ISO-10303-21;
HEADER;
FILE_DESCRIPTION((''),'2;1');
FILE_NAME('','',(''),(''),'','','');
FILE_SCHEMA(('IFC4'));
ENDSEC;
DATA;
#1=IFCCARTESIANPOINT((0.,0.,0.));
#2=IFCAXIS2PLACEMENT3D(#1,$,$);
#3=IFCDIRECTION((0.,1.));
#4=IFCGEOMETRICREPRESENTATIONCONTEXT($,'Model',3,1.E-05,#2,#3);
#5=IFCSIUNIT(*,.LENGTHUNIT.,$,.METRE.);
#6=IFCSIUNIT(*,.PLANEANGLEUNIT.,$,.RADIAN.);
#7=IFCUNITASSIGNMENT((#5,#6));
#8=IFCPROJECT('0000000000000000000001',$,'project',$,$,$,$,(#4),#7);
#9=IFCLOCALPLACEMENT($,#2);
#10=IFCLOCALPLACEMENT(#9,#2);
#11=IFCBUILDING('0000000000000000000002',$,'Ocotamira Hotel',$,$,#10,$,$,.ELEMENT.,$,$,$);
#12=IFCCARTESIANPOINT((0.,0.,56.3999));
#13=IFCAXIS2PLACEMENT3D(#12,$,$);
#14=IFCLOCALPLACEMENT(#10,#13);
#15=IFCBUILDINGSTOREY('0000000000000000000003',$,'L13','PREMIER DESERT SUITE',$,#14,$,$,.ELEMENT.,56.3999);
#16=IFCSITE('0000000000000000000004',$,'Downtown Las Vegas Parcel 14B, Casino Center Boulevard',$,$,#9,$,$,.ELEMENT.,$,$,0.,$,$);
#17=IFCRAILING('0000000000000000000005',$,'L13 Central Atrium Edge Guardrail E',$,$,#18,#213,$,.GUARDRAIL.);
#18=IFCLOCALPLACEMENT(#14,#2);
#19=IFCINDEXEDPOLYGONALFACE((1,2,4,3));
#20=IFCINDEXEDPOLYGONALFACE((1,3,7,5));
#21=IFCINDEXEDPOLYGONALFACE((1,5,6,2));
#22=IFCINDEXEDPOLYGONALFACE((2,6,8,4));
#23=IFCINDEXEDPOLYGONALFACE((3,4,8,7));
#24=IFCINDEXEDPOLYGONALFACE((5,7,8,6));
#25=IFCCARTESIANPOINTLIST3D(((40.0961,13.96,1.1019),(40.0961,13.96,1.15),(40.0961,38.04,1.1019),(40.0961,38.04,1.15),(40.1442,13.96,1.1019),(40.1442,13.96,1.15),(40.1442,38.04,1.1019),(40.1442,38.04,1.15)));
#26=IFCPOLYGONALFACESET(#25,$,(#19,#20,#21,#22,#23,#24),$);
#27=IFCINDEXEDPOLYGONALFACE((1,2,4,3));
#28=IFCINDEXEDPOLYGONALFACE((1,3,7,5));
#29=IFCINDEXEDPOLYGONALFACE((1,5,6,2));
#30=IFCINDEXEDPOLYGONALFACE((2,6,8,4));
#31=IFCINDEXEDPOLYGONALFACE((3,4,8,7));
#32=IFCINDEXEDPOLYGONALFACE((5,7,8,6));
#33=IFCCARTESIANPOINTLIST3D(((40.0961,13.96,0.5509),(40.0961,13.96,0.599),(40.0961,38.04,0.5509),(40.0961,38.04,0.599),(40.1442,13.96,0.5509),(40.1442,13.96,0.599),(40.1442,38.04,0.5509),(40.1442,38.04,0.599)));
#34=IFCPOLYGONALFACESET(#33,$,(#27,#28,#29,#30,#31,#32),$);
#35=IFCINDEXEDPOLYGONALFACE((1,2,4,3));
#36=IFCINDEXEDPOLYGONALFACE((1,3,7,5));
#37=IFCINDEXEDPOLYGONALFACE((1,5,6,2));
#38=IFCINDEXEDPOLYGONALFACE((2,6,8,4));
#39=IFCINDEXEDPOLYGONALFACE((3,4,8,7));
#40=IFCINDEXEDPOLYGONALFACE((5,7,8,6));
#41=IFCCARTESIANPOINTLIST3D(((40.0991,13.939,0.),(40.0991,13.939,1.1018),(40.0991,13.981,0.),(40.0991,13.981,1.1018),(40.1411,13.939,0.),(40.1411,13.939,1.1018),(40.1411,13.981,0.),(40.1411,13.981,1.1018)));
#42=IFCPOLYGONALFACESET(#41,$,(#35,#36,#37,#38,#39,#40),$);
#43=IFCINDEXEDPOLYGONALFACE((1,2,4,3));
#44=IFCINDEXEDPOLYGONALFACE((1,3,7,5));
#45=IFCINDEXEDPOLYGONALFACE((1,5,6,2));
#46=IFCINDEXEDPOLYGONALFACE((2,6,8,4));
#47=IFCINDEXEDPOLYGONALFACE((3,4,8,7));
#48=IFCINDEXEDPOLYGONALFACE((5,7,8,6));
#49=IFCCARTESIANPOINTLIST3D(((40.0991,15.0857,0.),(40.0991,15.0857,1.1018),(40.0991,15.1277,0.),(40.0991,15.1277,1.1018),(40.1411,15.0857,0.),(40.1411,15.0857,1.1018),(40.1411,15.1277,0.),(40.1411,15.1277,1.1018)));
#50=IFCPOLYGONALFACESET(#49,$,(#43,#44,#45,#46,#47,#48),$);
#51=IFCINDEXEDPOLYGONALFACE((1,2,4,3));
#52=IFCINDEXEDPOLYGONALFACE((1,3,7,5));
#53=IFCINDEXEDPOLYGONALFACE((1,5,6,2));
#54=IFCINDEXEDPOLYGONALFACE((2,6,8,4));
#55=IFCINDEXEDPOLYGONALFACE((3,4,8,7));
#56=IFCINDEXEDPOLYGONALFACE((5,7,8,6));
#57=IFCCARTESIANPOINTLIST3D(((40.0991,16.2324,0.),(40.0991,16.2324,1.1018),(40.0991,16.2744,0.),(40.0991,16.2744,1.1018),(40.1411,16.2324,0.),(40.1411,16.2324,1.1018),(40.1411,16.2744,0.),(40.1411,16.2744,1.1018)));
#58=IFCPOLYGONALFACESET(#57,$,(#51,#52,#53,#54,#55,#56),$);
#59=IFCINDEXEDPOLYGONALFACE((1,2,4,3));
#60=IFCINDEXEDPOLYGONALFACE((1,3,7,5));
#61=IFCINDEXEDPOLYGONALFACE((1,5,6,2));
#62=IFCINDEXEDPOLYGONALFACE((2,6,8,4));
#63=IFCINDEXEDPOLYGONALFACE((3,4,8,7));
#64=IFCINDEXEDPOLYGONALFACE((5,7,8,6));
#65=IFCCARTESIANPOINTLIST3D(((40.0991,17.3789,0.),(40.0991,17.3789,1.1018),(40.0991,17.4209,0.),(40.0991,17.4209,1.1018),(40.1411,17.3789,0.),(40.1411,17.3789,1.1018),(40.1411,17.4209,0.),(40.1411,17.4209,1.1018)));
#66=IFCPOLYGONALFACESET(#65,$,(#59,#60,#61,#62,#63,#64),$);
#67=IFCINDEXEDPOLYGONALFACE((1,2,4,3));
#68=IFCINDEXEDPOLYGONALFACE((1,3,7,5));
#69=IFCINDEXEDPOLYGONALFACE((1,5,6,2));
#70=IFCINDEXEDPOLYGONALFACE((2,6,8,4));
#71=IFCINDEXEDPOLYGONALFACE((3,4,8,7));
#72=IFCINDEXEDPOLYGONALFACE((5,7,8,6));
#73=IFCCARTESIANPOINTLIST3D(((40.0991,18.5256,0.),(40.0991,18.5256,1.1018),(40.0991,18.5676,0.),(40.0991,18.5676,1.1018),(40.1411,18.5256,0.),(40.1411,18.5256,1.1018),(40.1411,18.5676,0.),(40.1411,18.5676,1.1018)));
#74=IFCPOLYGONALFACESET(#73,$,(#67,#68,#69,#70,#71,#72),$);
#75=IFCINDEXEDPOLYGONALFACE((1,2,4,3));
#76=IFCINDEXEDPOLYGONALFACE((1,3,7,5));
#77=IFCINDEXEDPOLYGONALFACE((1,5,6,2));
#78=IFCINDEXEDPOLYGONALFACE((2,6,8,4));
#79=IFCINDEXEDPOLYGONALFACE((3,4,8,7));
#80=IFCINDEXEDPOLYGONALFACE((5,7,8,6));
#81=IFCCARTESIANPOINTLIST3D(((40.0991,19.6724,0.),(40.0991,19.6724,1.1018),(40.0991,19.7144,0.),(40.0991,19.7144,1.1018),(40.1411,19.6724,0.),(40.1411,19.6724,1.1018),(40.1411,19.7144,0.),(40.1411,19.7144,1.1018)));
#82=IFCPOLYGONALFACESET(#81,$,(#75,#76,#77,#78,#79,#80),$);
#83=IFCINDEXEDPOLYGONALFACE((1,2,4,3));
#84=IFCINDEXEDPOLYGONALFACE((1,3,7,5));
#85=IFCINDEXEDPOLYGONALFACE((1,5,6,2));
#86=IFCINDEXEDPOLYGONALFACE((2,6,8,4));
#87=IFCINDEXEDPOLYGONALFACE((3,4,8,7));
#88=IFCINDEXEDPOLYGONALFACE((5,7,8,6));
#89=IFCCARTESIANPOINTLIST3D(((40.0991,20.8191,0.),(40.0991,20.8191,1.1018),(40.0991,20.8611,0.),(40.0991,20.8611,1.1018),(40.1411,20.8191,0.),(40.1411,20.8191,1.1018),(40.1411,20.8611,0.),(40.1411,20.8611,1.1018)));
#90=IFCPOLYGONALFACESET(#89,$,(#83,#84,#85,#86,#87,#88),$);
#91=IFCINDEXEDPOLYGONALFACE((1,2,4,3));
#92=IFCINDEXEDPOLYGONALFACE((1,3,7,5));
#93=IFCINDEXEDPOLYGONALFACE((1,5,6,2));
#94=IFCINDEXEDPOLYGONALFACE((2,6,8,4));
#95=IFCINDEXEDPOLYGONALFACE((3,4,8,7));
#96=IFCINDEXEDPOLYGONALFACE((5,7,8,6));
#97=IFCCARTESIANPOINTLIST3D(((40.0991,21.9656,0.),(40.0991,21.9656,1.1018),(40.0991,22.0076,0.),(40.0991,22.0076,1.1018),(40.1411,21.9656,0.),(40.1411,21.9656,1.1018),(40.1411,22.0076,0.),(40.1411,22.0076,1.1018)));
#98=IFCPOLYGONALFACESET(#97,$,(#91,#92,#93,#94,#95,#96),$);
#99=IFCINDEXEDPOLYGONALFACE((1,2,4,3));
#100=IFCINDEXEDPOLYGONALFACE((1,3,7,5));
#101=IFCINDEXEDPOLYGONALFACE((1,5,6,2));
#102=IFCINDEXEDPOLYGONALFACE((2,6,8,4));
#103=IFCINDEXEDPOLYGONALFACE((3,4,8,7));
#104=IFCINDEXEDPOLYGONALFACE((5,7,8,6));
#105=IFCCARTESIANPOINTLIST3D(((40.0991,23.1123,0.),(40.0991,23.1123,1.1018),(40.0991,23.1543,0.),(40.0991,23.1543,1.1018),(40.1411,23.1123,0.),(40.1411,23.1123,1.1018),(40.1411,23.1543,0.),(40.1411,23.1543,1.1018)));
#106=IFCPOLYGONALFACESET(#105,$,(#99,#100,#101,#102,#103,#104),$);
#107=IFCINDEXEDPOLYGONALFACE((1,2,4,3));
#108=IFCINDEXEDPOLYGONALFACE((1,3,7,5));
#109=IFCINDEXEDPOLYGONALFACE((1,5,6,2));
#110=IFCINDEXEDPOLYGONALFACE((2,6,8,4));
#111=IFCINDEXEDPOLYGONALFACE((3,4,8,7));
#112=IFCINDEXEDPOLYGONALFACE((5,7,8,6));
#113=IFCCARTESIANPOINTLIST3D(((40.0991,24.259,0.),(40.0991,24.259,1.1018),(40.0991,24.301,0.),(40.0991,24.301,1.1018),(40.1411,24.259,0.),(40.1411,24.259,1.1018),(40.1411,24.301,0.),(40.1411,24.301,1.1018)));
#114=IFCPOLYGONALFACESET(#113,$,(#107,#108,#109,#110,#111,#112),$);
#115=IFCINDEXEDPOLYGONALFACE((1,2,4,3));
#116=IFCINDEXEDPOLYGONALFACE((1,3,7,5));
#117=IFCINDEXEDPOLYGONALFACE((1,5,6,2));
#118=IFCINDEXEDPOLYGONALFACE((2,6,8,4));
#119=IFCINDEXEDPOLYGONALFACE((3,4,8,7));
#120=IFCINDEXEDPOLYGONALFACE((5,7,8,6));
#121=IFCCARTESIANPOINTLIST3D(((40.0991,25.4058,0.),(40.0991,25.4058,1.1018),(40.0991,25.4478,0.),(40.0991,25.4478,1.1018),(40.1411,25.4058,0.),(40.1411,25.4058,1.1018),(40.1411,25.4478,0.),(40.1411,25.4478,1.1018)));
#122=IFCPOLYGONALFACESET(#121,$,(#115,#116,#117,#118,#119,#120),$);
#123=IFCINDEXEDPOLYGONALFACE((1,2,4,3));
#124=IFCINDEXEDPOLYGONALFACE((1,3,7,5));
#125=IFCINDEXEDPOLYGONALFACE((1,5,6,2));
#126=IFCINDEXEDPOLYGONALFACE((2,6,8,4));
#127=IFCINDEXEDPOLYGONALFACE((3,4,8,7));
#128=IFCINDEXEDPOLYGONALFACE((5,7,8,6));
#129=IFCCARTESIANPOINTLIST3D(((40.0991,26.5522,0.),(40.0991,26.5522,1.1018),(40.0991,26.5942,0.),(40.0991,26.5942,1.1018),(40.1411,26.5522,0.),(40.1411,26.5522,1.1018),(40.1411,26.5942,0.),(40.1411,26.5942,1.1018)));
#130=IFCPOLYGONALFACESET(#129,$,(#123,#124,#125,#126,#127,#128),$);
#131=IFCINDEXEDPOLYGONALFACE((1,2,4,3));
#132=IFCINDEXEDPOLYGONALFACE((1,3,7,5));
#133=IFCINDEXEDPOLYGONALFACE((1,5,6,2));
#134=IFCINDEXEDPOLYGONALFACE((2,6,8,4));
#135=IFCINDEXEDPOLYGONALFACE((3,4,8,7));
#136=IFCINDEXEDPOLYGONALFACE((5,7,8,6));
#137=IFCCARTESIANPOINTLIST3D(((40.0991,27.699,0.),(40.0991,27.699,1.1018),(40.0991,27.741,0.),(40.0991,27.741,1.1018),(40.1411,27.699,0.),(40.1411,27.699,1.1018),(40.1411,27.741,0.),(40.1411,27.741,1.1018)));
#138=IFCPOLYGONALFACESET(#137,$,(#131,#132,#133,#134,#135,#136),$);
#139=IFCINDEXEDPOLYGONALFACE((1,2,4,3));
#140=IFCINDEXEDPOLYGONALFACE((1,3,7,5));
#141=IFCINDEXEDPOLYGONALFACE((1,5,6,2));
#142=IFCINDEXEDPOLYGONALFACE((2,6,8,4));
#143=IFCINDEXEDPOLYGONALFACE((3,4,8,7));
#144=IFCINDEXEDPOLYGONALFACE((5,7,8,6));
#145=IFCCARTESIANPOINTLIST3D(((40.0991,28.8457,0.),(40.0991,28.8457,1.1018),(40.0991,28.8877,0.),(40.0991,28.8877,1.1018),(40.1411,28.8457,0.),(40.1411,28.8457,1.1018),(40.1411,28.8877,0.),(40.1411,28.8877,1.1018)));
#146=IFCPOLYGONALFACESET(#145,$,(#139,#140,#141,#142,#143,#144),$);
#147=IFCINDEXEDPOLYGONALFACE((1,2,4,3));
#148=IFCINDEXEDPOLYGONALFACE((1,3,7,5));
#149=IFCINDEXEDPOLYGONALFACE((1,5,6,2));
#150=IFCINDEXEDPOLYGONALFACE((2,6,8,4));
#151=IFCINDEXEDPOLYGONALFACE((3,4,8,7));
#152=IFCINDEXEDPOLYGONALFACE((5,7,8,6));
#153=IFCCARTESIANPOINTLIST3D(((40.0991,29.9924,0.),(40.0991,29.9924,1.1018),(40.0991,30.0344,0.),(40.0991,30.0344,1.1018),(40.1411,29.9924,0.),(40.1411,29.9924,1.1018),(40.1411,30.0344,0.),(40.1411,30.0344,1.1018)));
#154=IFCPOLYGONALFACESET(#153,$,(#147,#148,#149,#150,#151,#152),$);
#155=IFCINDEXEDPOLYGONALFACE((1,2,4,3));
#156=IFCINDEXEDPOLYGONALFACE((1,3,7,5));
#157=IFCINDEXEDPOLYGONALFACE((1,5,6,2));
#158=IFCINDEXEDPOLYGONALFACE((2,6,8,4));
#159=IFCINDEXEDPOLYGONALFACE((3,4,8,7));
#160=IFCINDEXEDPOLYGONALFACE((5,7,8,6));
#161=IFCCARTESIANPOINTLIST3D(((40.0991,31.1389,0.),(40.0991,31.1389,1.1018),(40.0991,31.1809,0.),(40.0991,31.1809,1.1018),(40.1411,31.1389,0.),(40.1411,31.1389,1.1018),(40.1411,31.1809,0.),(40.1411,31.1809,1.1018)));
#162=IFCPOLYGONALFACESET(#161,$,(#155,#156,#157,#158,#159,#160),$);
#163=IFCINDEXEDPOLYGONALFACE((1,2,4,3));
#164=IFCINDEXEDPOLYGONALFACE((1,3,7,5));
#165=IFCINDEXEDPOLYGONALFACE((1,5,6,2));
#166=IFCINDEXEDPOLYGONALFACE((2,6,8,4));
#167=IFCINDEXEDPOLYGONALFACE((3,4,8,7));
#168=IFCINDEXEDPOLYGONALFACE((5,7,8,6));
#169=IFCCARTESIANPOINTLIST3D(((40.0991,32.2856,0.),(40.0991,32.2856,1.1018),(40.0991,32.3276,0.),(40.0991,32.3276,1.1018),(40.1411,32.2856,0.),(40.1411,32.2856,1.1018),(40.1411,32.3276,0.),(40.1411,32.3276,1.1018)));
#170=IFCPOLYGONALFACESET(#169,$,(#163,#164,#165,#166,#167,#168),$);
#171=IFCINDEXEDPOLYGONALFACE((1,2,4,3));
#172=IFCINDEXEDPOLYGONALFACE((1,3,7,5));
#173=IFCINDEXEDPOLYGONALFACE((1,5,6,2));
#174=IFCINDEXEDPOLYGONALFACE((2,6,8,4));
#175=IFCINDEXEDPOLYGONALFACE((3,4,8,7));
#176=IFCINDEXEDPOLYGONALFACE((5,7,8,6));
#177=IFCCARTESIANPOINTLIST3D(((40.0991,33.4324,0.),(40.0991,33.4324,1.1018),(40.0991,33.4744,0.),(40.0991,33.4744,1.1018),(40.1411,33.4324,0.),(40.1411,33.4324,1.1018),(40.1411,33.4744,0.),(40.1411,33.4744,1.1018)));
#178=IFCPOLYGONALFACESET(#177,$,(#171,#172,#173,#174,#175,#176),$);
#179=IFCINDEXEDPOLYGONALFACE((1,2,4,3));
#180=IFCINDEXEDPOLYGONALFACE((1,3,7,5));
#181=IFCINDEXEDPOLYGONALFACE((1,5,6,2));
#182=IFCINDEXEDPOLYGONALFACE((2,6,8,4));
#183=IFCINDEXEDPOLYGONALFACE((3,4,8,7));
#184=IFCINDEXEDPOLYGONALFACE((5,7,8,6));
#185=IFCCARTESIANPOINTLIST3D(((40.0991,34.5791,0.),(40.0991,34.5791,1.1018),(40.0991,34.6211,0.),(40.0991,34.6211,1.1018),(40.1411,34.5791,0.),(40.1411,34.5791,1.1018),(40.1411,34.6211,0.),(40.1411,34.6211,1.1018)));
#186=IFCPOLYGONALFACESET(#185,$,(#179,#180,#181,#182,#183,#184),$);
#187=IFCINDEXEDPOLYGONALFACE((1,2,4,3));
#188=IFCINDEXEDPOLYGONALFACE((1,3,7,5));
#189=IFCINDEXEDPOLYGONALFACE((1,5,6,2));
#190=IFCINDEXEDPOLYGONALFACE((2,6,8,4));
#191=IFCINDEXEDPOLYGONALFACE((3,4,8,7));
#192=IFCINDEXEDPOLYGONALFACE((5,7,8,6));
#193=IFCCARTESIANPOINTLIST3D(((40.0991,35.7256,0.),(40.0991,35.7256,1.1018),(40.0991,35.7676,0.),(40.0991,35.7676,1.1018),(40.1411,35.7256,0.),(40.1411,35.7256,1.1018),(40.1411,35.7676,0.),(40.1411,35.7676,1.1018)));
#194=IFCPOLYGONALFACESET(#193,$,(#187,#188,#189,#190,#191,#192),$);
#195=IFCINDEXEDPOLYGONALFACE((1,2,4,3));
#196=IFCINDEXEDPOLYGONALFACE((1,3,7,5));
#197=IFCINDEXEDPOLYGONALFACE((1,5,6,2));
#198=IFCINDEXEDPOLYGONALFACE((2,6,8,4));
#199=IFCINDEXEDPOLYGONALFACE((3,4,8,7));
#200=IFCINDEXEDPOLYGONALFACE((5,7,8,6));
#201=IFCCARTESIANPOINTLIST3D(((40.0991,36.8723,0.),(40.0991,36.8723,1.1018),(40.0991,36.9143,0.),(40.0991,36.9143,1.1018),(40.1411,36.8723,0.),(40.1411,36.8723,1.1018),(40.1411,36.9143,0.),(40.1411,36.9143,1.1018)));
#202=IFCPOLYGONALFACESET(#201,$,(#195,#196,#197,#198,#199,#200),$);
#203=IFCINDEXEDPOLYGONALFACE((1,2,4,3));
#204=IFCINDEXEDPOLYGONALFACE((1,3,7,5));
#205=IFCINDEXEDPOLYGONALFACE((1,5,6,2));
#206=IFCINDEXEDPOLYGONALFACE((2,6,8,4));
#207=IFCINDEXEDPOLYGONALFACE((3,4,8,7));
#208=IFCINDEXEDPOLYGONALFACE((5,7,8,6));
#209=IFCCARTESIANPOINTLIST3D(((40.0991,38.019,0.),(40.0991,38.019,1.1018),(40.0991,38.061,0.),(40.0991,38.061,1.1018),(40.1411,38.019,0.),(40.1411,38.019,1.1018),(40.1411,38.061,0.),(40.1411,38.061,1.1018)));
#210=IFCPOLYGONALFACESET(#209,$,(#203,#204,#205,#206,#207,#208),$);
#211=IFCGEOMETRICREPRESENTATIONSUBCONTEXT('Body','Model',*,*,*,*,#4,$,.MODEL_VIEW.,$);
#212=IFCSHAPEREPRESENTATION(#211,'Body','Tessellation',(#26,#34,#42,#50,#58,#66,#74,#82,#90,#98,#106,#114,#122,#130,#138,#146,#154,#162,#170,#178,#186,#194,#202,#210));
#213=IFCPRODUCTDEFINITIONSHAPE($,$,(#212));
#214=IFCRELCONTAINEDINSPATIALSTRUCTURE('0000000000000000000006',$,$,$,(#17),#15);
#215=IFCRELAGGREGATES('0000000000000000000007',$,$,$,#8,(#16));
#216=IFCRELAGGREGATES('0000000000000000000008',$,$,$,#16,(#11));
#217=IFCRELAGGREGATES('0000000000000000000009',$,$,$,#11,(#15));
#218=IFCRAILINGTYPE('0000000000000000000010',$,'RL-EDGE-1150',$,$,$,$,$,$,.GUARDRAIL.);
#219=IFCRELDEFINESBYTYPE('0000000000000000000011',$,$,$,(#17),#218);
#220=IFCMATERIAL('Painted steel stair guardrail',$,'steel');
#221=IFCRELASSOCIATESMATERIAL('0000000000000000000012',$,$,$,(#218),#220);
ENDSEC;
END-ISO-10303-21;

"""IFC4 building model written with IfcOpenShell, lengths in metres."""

from ifc_helpers import new_model, si_unit, direction, frame, origin, origin_2d, place, context, subcontext, project, spatial, rectangle, extrude, material, type_object, element, save


model = new_model("IFC4")

# Units and contexts
model_context = context("Model", 3, precision=1e-05, world=origin(), true_north=direction((0.0, 1.0)))
body_context = subcontext(model_context, "Body", "Model", "MODEL_VIEW")
ifc_project = project(units=[si_unit("LENGTHUNIT", "METRE"), si_unit("PLANEANGLEUNIT", "RADIAN")], contexts=[model_context])

# Site, building, storey
site_placement = place(None, origin())
site = spatial("IfcSite", under=ifc_project, at=site_placement, Name="Downtown Las Vegas Parcel 14B, Casino Center Boulevard", CompositionType="ELEMENT", RefElevation=0.0)
building_placement = place(site_placement, origin())
building = spatial("IfcBuilding", under=site, at=building_placement, Name="Ocotamira Hotel", CompositionType="ELEMENT")
storey_placement = place(building_placement, frame((0.0, 0.0, 56.3999)))
storey = spatial("IfcBuildingStorey", under=building, at=storey_placement, Name="L13", Description="PREMIER DESERT SUITE", CompositionType="ELEMENT", Elevation=56.3999)

# Railing
ifc_material_1 = material(Name="Painted steel stair guardrail", Category="steel")
railing_type = type_object("IfcRailingType", Name="RL-EDGE-1150", PredefinedType="GUARDRAIL", material=ifc_material_1)
railing_placement = place(storey_placement, frame((40.1201, 13.96, 0.0)))
element("IfcRailing", 1, at=railing_placement, inside=storey, type_object=railing_type, Name="L13 Central Atrium Edge Guardrail E", PredefinedType="GUARDRAIL", context=body_context, shape_type="SweptSolid", body=[
    extrude(rectangle(XDim=0.0481, YDim=0.0481, at=origin_2d()), frame((0.0, 0.0, 1.126), z_axis=(0.0, 1.0, 0.0), x_axis=(-1.0, 0.0, 0.0)), (0.0, 0.0, 1.0), 24.0801),
    extrude(rectangle(XDim=0.0481, YDim=0.0481, at=origin_2d()), frame((0.0, 0.0, 0.575), z_axis=(0.0, 1.0, 0.0), x_axis=(-1.0, 0.0, 0.0)), (0.0, 0.0, 1.0), 24.0801),
    extrude(rectangle(XDim=0.042, YDim=0.042, at=origin_2d()), origin(), (0.0, 0.0, 1.0), 1.1018),
    extrude(rectangle(XDim=0.042, YDim=0.042, at=origin_2d()), frame((0.0, 1.1467, 0.0)), (0.0, 0.0, 1.0), 1.1018),
    extrude(rectangle(XDim=0.042, YDim=0.042, at=origin_2d()), frame((0.0, 2.2935, 0.0)), (0.0, 0.0, 1.0), 1.1018),
    extrude(rectangle(XDim=0.042, YDim=0.042, at=origin_2d()), frame((0.0, 3.4399, 0.0)), (0.0, 0.0, 1.0), 1.1018),
    extrude(rectangle(XDim=0.042, YDim=0.042, at=origin_2d()), frame((0.0, 4.5867, 0.0)), (0.0, 0.0, 1.0), 1.1018),
    extrude(rectangle(XDim=0.042, YDim=0.042, at=origin_2d()), frame((0.0, 5.7334, 0.0)), (0.0, 0.0, 1.0), 1.1018),
    extrude(rectangle(XDim=0.042, YDim=0.042, at=origin_2d()), frame((0.0, 6.8801, 0.0)), (0.0, 0.0, 1.0), 1.1018),
    extrude(rectangle(XDim=0.042, YDim=0.042, at=origin_2d()), frame((0.0, 8.0266, 0.0)), (0.0, 0.0, 1.0), 1.1018),
    extrude(rectangle(XDim=0.042, YDim=0.042, at=origin_2d()), frame((0.0, 9.1733, 0.0)), (0.0, 0.0, 1.0), 1.1018),
    extrude(rectangle(XDim=0.042, YDim=0.042, at=origin_2d()), frame((0.0, 10.3201, 0.0)), (0.0, 0.0, 1.0), 1.1018),
    extrude(rectangle(XDim=0.042, YDim=0.042, at=origin_2d()), frame((0.0, 11.4668, 0.0)), (0.0, 0.0, 1.0), 1.1018),
    extrude(rectangle(XDim=0.042, YDim=0.042, at=origin_2d()), frame((0.0, 12.6133, 0.0)), (0.0, 0.0, 1.0), 1.1018),
    extrude(rectangle(XDim=0.042, YDim=0.042, at=origin_2d()), frame((0.0, 13.76, 0.0)), (0.0, 0.0, 1.0), 1.1018),
    extrude(rectangle(XDim=0.042, YDim=0.042, at=origin_2d()), frame((0.0, 14.9067, 0.0)), (0.0, 0.0, 1.0), 1.1018),
    extrude(rectangle(XDim=0.042, YDim=0.042, at=origin_2d()), frame((0.0, 16.0535, 0.0)), (0.0, 0.0, 1.0), 1.1018),
    extrude(rectangle(XDim=0.042, YDim=0.042, at=origin_2d()), frame((0.0, 17.2, 0.0)), (0.0, 0.0, 1.0), 1.1018),
    extrude(rectangle(XDim=0.042, YDim=0.042, at=origin_2d()), frame((0.0, 18.3467, 0.0)), (0.0, 0.0, 1.0), 1.1018),
    extrude(rectangle(XDim=0.042, YDim=0.042, at=origin_2d()), frame((0.0, 19.4934, 0.0)), (0.0, 0.0, 1.0), 1.1018),
    extrude(rectangle(XDim=0.042, YDim=0.042, at=origin_2d()), frame((0.0, 20.6401, 0.0)), (0.0, 0.0, 1.0), 1.1018),
    extrude(rectangle(XDim=0.042, YDim=0.042, at=origin_2d()), frame((0.0, 21.7866, 0.0)), (0.0, 0.0, 1.0), 1.1018),
    extrude(rectangle(XDim=0.042, YDim=0.042, at=origin_2d()), frame((0.0, 22.9333, 0.0)), (0.0, 0.0, 1.0), 1.1018),
    extrude(rectangle(XDim=0.042, YDim=0.042, at=origin_2d()), frame((0.0, 24.0801, 0.0)), (0.0, 0.0, 1.0), 1.1018),
])

save(model, "model.ifc")
